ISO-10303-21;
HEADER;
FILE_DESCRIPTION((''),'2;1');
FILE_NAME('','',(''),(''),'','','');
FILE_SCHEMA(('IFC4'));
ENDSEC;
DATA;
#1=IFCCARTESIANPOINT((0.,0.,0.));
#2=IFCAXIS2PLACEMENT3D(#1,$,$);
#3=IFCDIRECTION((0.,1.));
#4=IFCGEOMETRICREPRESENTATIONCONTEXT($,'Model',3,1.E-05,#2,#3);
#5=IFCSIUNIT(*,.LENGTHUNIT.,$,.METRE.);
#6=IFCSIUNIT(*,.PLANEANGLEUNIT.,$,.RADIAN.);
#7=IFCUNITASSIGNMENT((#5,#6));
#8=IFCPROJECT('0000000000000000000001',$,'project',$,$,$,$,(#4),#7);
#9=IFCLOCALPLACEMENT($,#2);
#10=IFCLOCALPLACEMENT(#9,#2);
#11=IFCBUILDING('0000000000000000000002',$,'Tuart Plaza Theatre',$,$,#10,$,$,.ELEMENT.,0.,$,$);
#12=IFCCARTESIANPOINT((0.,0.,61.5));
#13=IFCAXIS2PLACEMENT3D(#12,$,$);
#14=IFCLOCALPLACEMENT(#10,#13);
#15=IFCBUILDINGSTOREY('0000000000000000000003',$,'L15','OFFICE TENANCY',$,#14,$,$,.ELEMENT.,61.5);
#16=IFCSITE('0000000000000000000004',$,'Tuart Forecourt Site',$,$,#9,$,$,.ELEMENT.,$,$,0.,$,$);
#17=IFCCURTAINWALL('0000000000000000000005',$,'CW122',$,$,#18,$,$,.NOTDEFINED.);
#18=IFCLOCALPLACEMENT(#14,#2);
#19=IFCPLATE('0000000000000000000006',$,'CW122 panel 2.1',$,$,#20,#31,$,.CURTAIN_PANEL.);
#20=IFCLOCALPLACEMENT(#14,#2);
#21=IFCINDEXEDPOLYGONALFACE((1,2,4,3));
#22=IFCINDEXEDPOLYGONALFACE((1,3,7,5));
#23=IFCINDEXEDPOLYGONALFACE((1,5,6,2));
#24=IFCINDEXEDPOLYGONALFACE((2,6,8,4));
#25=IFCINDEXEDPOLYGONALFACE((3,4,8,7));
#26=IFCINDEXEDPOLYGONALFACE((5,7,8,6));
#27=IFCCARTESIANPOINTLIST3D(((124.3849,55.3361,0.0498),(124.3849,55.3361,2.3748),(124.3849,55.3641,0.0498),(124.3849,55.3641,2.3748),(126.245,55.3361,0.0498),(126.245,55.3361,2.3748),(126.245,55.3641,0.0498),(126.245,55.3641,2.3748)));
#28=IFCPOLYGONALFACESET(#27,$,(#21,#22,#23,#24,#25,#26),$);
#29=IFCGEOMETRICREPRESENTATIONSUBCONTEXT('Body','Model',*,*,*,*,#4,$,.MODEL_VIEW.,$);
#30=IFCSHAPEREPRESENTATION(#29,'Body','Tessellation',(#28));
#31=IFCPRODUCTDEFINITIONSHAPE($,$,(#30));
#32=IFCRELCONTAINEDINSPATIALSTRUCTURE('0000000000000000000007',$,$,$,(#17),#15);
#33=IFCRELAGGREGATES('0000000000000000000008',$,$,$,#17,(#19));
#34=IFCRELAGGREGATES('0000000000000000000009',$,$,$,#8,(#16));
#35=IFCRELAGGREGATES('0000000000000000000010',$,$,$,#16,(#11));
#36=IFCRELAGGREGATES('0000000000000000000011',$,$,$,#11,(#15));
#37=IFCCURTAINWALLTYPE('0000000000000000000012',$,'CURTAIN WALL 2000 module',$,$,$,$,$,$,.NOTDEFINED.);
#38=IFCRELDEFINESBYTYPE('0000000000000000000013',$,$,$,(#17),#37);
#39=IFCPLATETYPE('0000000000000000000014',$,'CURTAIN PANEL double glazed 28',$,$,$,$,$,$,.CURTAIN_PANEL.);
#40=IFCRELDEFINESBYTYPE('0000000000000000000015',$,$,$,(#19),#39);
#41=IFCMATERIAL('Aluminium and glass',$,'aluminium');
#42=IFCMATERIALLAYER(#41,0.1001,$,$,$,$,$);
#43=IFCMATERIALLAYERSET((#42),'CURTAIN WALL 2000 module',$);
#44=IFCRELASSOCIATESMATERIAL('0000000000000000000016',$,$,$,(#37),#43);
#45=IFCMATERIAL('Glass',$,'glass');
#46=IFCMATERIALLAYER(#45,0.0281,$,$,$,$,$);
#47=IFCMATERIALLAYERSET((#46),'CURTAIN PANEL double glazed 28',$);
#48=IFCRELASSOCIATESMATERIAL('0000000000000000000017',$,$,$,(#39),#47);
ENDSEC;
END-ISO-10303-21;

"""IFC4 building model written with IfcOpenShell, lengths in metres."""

from ifc_helpers import new_model, si_unit, direction, frame, origin, origin_2d, place, context, subcontext, project, spatial, rectangle, extrude, material, layer, layer_set, type_object, element, aggregate, save


model = new_model("IFC4")

# Units and contexts
model_context = context("Model", 3, precision=1e-05, world=origin(), true_north=direction((0.0, 1.0)))
body_context = subcontext(model_context, "Body", "Model", "MODEL_VIEW")
ifc_project = project(units=[si_unit("LENGTHUNIT", "METRE"), si_unit("PLANEANGLEUNIT", "RADIAN")], contexts=[model_context])

# Site, building, storey
site_placement = place(None, origin())
site = spatial("IfcSite", under=ifc_project, at=site_placement, Name="Tuart Forecourt Site", CompositionType="ELEMENT", RefElevation=0.0)
building_placement = place(site_placement, origin())
building = spatial("IfcBuilding", under=site, at=building_placement, Name="Tuart Plaza Theatre", CompositionType="ELEMENT", ElevationOfRefHeight=0.0)
storey_placement = place(building_placement, frame((0.0, 0.0, 61.5)))
storey = spatial("IfcBuildingStorey", under=building, at=storey_placement, Name="L15", Description="OFFICE TENANCY", CompositionType="ELEMENT", Elevation=61.5)

# Shared definitions
ifc_material_1 = material(Name="Aluminium and glass", Category="aluminium")
ifc_layer_1 = layer(ifc_material_1, 0.1001)
ifc_layer_set_1 = layer_set([ifc_layer_1], Name="CURTAIN WALL 2000 module")
curtain_wall_type = type_object("IfcCurtainWallType", Name="CURTAIN WALL 2000 module", PredefinedType="NOTDEFINED", material=ifc_layer_set_1)

# Curtain wall
curtain_wall_1_placement = place(storey_placement, origin())
curtain_wall_1 = element("IfcCurtainWall", 1, at=curtain_wall_1_placement, inside=storey, type_object=curtain_wall_type, Name="CW122", PredefinedType="NOTDEFINED")

# Plate
ifc_material_2 = material(Name="Glass", Category="glass")
ifc_layer_2 = layer(ifc_material_2, 0.0281)
ifc_layer_set_2 = layer_set([ifc_layer_2], Name="CURTAIN PANEL double glazed 28")
plate_type = type_object("IfcPlateType", Name="CURTAIN PANEL double glazed 28", PredefinedType="CURTAIN_PANEL", material=ifc_layer_set_2)
plate_1_placement = place(storey_placement, frame((125.3149, 55.3501, 0.0498), z_axis=(0.0, 0.0, 1.0), x_axis=(1.0, 0.0, 0.0)))
plate_1 = element("IfcPlate", 2, at=plate_1_placement, type_object=plate_type, Name="CW122 panel 2.1", PredefinedType="CURTAIN_PANEL", context=body_context, shape_type="SweptSolid", body=[
    extrude(rectangle(XDim=1.8601, YDim=0.0281, at=origin_2d()), origin(), (0.0, 0.0, 1.0), 2.325),
])
aggregate(curtain_wall_1, [plate_1])

save(model, "model.ifc")
